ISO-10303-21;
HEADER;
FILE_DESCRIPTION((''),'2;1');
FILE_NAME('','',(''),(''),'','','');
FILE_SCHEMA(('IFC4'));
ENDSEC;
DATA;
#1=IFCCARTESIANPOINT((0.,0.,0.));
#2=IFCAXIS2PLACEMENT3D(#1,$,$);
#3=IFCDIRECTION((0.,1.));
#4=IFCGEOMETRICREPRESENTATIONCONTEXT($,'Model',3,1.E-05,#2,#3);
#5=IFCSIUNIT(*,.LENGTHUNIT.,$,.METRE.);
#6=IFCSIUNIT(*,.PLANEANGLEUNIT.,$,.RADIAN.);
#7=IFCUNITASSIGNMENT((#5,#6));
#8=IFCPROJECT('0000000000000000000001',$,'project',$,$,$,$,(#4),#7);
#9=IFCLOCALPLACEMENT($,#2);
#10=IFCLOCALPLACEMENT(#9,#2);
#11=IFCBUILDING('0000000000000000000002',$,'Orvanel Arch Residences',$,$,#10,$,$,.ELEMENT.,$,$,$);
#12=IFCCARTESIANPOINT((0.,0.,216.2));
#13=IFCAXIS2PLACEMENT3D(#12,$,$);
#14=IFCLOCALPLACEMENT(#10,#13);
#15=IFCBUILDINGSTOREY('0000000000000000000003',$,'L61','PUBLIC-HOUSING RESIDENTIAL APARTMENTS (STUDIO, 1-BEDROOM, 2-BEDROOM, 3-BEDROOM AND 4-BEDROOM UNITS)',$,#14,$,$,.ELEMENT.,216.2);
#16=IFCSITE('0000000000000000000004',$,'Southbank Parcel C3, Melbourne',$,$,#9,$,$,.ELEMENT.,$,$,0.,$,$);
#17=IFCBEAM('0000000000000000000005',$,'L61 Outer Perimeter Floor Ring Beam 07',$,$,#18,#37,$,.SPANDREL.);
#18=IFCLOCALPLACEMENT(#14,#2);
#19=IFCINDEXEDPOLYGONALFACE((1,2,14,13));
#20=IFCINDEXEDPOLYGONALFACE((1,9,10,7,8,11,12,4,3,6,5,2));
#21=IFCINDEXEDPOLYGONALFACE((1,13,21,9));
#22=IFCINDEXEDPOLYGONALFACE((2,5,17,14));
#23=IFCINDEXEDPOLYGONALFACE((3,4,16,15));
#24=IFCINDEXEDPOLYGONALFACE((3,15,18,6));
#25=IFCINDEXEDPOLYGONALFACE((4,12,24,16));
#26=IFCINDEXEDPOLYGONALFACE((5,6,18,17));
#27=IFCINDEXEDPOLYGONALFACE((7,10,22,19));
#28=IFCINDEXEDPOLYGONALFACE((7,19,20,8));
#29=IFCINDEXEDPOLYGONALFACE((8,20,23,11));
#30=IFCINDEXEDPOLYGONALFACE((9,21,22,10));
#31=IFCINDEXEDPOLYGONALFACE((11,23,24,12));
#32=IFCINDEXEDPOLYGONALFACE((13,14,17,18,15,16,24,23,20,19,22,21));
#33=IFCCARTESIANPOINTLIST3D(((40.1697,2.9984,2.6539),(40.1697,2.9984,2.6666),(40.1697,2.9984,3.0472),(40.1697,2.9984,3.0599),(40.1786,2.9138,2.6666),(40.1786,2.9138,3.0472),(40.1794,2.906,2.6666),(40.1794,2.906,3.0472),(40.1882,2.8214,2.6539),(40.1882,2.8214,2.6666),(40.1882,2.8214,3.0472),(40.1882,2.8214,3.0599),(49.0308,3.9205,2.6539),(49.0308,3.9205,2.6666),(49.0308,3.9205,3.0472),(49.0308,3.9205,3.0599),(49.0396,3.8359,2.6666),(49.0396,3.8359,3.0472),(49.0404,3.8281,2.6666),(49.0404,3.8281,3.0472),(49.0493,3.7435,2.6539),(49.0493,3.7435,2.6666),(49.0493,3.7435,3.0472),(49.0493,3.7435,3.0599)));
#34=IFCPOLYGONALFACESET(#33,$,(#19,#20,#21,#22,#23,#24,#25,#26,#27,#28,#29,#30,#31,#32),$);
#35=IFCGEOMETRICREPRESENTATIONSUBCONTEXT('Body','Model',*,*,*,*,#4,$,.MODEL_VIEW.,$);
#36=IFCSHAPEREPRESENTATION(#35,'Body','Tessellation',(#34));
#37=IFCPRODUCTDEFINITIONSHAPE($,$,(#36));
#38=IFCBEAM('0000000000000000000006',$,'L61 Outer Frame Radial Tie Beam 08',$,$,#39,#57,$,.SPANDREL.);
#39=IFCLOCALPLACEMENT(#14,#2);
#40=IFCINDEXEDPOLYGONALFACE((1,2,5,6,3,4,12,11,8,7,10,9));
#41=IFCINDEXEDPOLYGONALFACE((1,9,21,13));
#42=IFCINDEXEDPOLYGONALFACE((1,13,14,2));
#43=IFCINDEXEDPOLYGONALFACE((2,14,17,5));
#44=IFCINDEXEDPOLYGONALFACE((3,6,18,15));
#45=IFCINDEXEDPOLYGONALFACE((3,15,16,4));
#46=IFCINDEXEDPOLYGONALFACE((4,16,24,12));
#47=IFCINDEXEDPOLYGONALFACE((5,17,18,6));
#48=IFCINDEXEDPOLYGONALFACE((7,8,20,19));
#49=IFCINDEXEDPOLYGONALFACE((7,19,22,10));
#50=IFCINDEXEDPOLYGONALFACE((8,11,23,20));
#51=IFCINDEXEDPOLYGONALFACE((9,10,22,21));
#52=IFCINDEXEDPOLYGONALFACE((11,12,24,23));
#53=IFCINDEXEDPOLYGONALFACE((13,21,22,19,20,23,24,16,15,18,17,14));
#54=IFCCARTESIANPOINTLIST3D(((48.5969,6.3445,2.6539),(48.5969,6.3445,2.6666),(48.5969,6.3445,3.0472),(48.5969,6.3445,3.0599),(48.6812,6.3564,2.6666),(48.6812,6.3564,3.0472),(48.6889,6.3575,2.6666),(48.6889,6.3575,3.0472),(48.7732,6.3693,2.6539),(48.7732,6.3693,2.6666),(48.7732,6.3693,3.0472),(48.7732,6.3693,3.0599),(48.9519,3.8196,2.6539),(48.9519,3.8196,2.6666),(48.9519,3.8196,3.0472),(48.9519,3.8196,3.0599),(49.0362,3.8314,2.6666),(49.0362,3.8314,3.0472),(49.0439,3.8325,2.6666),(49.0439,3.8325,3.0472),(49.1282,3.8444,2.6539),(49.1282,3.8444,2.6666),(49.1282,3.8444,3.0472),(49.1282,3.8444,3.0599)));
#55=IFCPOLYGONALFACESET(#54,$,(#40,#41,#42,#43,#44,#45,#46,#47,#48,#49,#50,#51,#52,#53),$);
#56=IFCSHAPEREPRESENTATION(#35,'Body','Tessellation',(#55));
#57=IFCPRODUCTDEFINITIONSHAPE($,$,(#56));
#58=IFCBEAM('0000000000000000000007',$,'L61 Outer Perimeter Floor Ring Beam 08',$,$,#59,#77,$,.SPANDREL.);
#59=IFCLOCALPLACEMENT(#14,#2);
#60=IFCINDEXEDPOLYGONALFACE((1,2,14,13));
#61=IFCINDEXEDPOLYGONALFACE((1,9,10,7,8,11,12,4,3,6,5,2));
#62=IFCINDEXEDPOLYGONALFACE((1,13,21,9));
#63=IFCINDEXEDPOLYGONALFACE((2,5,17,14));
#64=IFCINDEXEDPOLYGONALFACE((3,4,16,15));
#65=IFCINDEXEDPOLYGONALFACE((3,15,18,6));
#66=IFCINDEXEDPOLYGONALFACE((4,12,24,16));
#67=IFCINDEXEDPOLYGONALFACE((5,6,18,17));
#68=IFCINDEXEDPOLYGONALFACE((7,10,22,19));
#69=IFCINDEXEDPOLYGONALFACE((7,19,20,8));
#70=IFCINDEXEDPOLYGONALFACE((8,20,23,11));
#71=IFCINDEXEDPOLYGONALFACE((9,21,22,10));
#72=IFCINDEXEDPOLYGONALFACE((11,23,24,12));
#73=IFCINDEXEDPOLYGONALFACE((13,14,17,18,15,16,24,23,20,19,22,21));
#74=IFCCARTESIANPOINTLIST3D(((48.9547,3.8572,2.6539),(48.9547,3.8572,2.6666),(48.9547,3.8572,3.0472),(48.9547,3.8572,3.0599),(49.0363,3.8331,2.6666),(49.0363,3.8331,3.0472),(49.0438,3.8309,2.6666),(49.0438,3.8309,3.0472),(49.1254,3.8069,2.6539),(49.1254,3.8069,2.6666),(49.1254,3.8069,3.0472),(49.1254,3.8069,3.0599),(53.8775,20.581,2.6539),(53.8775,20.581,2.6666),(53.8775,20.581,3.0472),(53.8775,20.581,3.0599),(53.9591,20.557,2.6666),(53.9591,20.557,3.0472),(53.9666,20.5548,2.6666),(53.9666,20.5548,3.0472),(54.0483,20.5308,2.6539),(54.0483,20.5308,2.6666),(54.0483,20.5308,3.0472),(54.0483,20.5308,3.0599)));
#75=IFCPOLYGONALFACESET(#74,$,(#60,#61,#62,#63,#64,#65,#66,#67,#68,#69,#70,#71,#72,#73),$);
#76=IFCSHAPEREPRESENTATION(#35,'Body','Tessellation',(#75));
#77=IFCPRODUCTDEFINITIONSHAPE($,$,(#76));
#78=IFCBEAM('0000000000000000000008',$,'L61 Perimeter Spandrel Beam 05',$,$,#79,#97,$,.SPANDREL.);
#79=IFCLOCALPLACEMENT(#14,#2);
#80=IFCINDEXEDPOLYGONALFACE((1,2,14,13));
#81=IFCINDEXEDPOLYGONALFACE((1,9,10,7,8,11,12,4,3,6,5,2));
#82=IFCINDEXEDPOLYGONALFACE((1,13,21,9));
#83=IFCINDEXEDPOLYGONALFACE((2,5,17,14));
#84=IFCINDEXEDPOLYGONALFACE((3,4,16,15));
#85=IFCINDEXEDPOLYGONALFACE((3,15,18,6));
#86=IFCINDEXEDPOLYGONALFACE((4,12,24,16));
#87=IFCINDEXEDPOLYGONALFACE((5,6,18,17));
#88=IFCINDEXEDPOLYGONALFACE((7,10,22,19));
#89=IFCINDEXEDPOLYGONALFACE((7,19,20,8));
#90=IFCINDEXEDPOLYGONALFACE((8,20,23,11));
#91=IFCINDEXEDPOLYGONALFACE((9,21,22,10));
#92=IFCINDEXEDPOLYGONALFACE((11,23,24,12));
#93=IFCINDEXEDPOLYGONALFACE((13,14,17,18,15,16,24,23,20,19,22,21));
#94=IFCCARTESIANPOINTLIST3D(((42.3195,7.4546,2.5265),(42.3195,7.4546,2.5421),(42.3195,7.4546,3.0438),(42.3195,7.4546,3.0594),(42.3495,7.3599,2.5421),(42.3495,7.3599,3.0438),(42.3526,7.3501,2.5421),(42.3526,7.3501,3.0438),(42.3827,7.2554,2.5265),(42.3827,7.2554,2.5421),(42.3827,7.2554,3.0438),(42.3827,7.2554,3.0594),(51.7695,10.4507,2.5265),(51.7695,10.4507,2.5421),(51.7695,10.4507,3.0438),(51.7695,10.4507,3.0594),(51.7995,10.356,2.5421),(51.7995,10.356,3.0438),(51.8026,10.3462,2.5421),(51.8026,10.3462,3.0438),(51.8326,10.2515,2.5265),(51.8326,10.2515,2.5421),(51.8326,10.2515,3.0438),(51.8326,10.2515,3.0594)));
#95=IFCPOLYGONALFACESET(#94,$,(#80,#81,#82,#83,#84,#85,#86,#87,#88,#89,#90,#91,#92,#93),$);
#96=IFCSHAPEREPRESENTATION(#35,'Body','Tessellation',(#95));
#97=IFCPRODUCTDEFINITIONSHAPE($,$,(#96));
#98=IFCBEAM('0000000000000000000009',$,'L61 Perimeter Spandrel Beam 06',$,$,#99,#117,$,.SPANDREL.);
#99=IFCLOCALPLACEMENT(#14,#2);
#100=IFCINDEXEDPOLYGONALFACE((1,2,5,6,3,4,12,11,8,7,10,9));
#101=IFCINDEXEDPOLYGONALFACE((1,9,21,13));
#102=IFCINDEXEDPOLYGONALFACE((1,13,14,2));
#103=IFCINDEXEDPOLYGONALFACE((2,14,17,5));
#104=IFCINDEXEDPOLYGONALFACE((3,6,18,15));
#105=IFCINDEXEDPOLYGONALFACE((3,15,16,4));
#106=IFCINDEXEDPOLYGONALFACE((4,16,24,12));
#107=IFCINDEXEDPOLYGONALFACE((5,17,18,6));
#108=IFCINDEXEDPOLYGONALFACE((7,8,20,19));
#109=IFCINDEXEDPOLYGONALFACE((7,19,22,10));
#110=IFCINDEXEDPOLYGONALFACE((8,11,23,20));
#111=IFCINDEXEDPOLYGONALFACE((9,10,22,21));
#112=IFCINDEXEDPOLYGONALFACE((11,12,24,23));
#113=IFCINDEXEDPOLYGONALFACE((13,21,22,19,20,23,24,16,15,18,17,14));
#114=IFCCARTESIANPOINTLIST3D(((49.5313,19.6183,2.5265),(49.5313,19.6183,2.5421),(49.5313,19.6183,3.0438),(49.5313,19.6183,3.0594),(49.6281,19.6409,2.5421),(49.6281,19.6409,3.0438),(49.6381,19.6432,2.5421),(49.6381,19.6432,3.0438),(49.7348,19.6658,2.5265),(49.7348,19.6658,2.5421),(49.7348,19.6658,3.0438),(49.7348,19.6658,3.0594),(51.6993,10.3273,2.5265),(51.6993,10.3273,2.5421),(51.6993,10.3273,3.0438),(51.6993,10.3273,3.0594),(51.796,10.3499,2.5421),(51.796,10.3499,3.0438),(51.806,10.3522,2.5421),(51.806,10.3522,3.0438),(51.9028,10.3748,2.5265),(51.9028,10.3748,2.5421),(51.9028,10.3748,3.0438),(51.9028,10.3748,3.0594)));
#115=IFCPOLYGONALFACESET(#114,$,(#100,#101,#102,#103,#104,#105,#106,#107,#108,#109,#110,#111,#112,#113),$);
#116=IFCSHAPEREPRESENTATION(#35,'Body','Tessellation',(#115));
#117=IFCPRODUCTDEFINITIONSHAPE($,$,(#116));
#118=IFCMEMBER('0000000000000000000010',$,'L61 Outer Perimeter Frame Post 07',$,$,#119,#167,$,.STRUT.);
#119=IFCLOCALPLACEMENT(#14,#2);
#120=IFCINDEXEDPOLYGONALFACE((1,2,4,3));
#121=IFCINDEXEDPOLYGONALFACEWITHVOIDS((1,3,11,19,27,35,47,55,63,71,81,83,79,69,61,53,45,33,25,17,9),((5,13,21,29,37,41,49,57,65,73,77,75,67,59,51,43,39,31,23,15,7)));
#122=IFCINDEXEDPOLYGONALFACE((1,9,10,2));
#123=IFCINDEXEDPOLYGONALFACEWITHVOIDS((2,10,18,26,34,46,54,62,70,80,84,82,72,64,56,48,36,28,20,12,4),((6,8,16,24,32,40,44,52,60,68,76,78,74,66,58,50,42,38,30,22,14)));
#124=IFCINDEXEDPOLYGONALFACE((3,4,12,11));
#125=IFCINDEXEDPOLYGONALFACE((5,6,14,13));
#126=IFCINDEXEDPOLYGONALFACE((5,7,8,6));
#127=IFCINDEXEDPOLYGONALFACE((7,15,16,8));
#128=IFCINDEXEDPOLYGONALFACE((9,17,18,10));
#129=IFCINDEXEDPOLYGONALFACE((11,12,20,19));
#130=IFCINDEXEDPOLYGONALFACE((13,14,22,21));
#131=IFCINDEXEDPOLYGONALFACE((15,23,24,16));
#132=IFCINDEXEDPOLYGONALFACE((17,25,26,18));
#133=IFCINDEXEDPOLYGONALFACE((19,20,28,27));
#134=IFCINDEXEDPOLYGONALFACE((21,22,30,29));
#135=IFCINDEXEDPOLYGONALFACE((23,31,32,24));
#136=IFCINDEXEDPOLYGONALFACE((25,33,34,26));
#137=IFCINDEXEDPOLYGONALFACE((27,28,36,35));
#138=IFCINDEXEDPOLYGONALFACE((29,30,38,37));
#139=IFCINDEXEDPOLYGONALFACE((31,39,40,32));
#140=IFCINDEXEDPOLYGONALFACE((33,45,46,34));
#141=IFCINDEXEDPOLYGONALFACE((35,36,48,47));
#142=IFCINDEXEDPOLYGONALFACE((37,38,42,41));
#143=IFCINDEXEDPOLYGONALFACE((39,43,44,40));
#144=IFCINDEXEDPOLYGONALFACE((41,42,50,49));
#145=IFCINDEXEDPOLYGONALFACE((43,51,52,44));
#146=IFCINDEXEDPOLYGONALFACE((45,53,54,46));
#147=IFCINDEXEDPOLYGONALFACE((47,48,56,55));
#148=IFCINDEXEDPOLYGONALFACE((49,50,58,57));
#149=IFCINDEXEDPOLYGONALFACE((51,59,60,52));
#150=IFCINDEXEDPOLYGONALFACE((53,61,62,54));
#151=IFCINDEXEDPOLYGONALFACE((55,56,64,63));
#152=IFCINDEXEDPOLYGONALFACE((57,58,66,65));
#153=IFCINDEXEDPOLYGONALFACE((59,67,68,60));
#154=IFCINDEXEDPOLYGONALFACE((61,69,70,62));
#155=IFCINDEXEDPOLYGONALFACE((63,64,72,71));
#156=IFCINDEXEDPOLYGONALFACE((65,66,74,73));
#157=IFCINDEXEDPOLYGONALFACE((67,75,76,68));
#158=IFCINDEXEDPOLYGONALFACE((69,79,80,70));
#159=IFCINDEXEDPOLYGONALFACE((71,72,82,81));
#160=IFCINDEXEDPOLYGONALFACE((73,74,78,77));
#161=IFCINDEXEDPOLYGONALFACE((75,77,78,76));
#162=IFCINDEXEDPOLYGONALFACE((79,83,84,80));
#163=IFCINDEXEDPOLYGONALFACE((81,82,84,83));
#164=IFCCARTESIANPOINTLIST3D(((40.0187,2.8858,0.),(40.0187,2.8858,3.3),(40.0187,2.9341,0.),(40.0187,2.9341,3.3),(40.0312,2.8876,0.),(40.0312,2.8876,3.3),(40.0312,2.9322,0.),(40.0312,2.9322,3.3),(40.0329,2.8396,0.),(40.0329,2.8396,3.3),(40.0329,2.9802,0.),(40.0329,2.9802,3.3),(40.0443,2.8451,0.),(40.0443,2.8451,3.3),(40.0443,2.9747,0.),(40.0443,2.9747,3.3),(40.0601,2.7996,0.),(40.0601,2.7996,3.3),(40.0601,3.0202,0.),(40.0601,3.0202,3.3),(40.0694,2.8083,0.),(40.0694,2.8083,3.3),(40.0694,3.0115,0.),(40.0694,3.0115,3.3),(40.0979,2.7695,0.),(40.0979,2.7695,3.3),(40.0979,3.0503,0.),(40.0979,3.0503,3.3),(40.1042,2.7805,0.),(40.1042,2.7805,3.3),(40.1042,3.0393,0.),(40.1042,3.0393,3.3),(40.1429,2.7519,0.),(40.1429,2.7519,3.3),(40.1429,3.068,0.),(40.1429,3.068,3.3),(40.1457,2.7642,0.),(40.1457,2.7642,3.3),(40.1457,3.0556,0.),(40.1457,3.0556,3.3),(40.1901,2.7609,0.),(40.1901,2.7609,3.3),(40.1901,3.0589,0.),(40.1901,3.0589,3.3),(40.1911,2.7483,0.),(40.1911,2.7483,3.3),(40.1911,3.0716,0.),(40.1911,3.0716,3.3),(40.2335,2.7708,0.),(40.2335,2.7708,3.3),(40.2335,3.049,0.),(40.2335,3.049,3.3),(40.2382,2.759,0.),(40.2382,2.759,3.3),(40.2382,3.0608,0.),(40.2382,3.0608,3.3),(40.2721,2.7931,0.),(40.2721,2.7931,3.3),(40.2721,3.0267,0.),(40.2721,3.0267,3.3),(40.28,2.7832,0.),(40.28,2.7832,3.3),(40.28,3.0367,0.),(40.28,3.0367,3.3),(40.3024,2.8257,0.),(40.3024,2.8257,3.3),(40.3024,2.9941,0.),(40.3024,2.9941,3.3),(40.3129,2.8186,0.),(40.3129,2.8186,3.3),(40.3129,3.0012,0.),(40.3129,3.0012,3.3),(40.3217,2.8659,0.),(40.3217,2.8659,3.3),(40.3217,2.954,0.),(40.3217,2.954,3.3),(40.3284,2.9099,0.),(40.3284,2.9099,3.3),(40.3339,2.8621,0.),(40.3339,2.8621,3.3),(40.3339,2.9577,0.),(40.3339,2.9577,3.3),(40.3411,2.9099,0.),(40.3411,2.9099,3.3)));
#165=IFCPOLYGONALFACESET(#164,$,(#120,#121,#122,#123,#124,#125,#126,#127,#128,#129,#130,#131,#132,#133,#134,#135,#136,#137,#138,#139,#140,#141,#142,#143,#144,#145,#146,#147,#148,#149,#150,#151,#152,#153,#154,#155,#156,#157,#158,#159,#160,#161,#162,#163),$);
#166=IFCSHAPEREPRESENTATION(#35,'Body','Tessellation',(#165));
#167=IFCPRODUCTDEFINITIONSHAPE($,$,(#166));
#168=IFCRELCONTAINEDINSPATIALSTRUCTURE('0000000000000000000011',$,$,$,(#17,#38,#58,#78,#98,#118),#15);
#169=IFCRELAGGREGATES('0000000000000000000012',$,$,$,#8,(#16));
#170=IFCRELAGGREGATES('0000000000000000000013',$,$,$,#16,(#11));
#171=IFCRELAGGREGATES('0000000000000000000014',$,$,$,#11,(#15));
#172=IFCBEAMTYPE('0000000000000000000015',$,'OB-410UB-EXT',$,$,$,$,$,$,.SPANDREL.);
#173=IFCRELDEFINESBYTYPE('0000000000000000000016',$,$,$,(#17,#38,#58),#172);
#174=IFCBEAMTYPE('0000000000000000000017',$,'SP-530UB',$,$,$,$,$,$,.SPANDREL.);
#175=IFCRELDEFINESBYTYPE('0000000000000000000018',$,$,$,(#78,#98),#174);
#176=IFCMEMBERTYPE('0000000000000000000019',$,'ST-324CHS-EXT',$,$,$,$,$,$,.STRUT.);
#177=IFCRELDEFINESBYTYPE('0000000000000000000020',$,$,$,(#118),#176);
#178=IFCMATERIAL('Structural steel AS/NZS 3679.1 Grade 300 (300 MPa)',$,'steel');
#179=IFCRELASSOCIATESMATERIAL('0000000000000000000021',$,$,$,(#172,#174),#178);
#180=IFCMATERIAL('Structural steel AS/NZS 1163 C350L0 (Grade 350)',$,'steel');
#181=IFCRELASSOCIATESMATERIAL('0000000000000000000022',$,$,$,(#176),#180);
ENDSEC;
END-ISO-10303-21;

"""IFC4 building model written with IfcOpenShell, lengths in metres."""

from ifc_helpers import new_model, si_unit, direction, frame, origin, origin_2d, place, context, subcontext, project, spatial, hollow_circle, i_section, extrude, material, material_profile, profile_set, type_object, element, save


model = new_model("IFC4")

# Units and contexts
model_context = context("Model", 3, precision=1e-05, world=origin(), true_north=direction((0.0, 1.0)))
body_context = subcontext(model_context, "Body", "Model", "MODEL_VIEW")
ifc_project = project(units=[si_unit("LENGTHUNIT", "METRE"), si_unit("PLANEANGLEUNIT", "RADIAN")], contexts=[model_context])

# Site, building, storey
site_placement = place(None, origin())
site = spatial("IfcSite", under=ifc_project, at=site_placement, Name="Southbank Parcel C3, Melbourne", CompositionType="ELEMENT", RefElevation=0.0)
building_placement = place(site_placement, origin())
building = spatial("IfcBuilding", under=site, at=building_placement, Name="Orvanel Arch Residences", CompositionType="ELEMENT")
storey_placement = place(building_placement, frame((0.0, 0.0, 216.2)))
storey = spatial("IfcBuildingStorey", under=building, at=storey_placement, Name="L61", Description="PUBLIC-HOUSING RESIDENTIAL APARTMENTS (STUDIO, 1-BEDROOM, 2-BEDROOM, 3-BEDROOM AND 4-BEDROOM UNITS)", CompositionType="ELEMENT", Elevation=216.2)

# Beams
ifc_material_1 = material(Name="Structural steel AS/NZS 3679.1 Grade 300 (300 MPa)", Category="steel")
ifc_material_profile_1 = material_profile(ifc_material_1, i_section(OverallWidth=0.178, OverallDepth=0.406, WebThickness=0.0078, FlangeThickness=0.0127, at=origin_2d()), Name="410UB59.7")
ifc_profile_set_1 = profile_set([ifc_material_profile_1], Name="Structural steel AS/NZS 3679.1 Grade 300 (300 MPa)")
beam_type_1 = type_object("IfcBeamType", Name="OB-410UB-EXT", PredefinedType="SPANDREL", material=ifc_profile_set_1)
beam_1_placement = place(storey_placement, frame((40.179, 2.9099, 2.8569), z_axis=(0.994629, 0.103505, 0.0), x_axis=(-0.103505, 0.994629, 0.0)))
element("IfcBeam", 1, at=beam_1_placement, inside=storey, type_object=beam_type_1, Name="L61 Outer Perimeter Floor Ring Beam 07", PredefinedType="SPANDREL", context=body_context, shape_type="SweptSolid", body=[
    extrude(i_section(OverallWidth=0.178, OverallDepth=0.406, WebThickness=0.0078, FlangeThickness=0.0127, at=origin_2d()), origin(), (0.0, 0.0, 1.0), 8.9089),
])
beam_2_placement = place(storey_placement, frame((48.6851, 6.3569, 2.8569), z_axis=(0.139223, -0.990261, 0.0), x_axis=(0.990261, 0.139223, 0.0)))
element("IfcBeam", 2, at=beam_2_placement, inside=storey, type_object=beam_type_1, Name="L61 Outer Frame Radial Tie Beam 08", PredefinedType="SPANDREL", context=body_context, shape_type="SweptSolid", body=[
    extrude(i_section(OverallWidth=0.178, OverallDepth=0.406, WebThickness=0.0078, FlangeThickness=0.0127, at=origin_2d()), origin(), (0.0, 0.0, 1.0), 2.5498),
])
beam_3_placement = place(storey_placement, frame((49.04, 3.832, 2.8569), z_axis=(0.282381, 0.959302, 0.0), x_axis=(-0.959302, 0.282381, 0.0)))
element("IfcBeam", 3, at=beam_3_placement, inside=storey, type_object=beam_type_1, Name="L61 Outer Perimeter Floor Ring Beam 08", PredefinedType="SPANDREL", context=body_context, shape_type="SweptSolid", body=[
    extrude(i_section(OverallWidth=0.178, OverallDepth=0.406, WebThickness=0.0078, FlangeThickness=0.0127, at=origin_2d()), origin(), (0.0, 0.0, 1.0), 17.4333),
])
ifc_material_profile_2 = material_profile(ifc_material_1, i_section(OverallWidth=0.209, OverallDepth=0.533, WebThickness=0.0103, FlangeThickness=0.0156, at=origin_2d()), Name="530UB92.4")
ifc_profile_set_2 = profile_set([ifc_material_profile_2], Name="Structural steel AS/NZS 3679.1 Grade 300 (300 MPa)")
beam_type_2 = type_object("IfcBeamType", Name="SP-530UB", PredefinedType="SPANDREL", material=ifc_profile_set_2)
beam_4_placement = place(storey_placement, frame((42.3511, 7.355, 2.793), z_axis=(0.953237, 0.302223, 0.0), x_axis=(-0.302223, 0.953237, 0.0)))
element("IfcBeam", 4, at=beam_4_placement, inside=storey, type_object=beam_type_2, Name="L61 Perimeter Spandrel Beam 05", PredefinedType="SPANDREL", context=body_context, shape_type="SweptSolid", body=[
    extrude(i_section(OverallWidth=0.209, OverallDepth=0.533, WebThickness=0.0103, FlangeThickness=0.0156, at=origin_2d()), origin(), (0.0, 0.0, 1.0), 9.9136),
])
beam_5_placement = place(storey_placement, frame((51.801, 10.3511, 2.793), z_axis=(-0.227236, 0.97384, 0.0), x_axis=(-0.97384, -0.227236, 0.0)))
element("IfcBeam", 5, at=beam_5_placement, inside=storey, type_object=beam_type_2, Name="L61 Perimeter Spandrel Beam 06", PredefinedType="SPANDREL", context=body_context, shape_type="SweptSolid", body=[
    extrude(i_section(OverallWidth=0.209, OverallDepth=0.533, WebThickness=0.0103, FlangeThickness=0.0156, at=origin_2d()), origin(), (0.0, 0.0, 1.0), 9.5405),
])

# Member
ifc_material_2 = material(Name="Structural steel AS/NZS 1163 C350L0 (Grade 350)", Category="steel")
ifc_material_profile_3 = material_profile(ifc_material_2, hollow_circle(Radius=0.1621, WallThickness=0.0127, at=origin_2d()), Name="CHS324x12.7")
ifc_profile_set_3 = profile_set([ifc_material_profile_3], Name="Structural steel AS/NZS 1163 C350L0 (Grade 350)")
member_type_1 = type_object("IfcMemberType", Name="ST-324CHS-EXT", PredefinedType="STRUT", material=ifc_profile_set_3)
for number, where, z_axis, x_axis, name in (
    (6, (40.179, 2.9099, 0.0), (0.0, 0.0, 1.0), (1.0, 0.0, 0.0), "L61 Outer Perimeter Frame Post 07"),
):
    element("IfcMember", number, at=place(storey_placement, frame(where, z_axis=z_axis, x_axis=x_axis)), inside=storey, type_object=member_type_1, Name=name, PredefinedType="STRUT", context=body_context, shape_type="SweptSolid", body=[
        extrude(hollow_circle(Radius=0.1621, WallThickness=0.0127, at=origin_2d()), origin(), (0.0, 0.0, 1.0), 3.3),
    ])

save(model, "model.ifc")
